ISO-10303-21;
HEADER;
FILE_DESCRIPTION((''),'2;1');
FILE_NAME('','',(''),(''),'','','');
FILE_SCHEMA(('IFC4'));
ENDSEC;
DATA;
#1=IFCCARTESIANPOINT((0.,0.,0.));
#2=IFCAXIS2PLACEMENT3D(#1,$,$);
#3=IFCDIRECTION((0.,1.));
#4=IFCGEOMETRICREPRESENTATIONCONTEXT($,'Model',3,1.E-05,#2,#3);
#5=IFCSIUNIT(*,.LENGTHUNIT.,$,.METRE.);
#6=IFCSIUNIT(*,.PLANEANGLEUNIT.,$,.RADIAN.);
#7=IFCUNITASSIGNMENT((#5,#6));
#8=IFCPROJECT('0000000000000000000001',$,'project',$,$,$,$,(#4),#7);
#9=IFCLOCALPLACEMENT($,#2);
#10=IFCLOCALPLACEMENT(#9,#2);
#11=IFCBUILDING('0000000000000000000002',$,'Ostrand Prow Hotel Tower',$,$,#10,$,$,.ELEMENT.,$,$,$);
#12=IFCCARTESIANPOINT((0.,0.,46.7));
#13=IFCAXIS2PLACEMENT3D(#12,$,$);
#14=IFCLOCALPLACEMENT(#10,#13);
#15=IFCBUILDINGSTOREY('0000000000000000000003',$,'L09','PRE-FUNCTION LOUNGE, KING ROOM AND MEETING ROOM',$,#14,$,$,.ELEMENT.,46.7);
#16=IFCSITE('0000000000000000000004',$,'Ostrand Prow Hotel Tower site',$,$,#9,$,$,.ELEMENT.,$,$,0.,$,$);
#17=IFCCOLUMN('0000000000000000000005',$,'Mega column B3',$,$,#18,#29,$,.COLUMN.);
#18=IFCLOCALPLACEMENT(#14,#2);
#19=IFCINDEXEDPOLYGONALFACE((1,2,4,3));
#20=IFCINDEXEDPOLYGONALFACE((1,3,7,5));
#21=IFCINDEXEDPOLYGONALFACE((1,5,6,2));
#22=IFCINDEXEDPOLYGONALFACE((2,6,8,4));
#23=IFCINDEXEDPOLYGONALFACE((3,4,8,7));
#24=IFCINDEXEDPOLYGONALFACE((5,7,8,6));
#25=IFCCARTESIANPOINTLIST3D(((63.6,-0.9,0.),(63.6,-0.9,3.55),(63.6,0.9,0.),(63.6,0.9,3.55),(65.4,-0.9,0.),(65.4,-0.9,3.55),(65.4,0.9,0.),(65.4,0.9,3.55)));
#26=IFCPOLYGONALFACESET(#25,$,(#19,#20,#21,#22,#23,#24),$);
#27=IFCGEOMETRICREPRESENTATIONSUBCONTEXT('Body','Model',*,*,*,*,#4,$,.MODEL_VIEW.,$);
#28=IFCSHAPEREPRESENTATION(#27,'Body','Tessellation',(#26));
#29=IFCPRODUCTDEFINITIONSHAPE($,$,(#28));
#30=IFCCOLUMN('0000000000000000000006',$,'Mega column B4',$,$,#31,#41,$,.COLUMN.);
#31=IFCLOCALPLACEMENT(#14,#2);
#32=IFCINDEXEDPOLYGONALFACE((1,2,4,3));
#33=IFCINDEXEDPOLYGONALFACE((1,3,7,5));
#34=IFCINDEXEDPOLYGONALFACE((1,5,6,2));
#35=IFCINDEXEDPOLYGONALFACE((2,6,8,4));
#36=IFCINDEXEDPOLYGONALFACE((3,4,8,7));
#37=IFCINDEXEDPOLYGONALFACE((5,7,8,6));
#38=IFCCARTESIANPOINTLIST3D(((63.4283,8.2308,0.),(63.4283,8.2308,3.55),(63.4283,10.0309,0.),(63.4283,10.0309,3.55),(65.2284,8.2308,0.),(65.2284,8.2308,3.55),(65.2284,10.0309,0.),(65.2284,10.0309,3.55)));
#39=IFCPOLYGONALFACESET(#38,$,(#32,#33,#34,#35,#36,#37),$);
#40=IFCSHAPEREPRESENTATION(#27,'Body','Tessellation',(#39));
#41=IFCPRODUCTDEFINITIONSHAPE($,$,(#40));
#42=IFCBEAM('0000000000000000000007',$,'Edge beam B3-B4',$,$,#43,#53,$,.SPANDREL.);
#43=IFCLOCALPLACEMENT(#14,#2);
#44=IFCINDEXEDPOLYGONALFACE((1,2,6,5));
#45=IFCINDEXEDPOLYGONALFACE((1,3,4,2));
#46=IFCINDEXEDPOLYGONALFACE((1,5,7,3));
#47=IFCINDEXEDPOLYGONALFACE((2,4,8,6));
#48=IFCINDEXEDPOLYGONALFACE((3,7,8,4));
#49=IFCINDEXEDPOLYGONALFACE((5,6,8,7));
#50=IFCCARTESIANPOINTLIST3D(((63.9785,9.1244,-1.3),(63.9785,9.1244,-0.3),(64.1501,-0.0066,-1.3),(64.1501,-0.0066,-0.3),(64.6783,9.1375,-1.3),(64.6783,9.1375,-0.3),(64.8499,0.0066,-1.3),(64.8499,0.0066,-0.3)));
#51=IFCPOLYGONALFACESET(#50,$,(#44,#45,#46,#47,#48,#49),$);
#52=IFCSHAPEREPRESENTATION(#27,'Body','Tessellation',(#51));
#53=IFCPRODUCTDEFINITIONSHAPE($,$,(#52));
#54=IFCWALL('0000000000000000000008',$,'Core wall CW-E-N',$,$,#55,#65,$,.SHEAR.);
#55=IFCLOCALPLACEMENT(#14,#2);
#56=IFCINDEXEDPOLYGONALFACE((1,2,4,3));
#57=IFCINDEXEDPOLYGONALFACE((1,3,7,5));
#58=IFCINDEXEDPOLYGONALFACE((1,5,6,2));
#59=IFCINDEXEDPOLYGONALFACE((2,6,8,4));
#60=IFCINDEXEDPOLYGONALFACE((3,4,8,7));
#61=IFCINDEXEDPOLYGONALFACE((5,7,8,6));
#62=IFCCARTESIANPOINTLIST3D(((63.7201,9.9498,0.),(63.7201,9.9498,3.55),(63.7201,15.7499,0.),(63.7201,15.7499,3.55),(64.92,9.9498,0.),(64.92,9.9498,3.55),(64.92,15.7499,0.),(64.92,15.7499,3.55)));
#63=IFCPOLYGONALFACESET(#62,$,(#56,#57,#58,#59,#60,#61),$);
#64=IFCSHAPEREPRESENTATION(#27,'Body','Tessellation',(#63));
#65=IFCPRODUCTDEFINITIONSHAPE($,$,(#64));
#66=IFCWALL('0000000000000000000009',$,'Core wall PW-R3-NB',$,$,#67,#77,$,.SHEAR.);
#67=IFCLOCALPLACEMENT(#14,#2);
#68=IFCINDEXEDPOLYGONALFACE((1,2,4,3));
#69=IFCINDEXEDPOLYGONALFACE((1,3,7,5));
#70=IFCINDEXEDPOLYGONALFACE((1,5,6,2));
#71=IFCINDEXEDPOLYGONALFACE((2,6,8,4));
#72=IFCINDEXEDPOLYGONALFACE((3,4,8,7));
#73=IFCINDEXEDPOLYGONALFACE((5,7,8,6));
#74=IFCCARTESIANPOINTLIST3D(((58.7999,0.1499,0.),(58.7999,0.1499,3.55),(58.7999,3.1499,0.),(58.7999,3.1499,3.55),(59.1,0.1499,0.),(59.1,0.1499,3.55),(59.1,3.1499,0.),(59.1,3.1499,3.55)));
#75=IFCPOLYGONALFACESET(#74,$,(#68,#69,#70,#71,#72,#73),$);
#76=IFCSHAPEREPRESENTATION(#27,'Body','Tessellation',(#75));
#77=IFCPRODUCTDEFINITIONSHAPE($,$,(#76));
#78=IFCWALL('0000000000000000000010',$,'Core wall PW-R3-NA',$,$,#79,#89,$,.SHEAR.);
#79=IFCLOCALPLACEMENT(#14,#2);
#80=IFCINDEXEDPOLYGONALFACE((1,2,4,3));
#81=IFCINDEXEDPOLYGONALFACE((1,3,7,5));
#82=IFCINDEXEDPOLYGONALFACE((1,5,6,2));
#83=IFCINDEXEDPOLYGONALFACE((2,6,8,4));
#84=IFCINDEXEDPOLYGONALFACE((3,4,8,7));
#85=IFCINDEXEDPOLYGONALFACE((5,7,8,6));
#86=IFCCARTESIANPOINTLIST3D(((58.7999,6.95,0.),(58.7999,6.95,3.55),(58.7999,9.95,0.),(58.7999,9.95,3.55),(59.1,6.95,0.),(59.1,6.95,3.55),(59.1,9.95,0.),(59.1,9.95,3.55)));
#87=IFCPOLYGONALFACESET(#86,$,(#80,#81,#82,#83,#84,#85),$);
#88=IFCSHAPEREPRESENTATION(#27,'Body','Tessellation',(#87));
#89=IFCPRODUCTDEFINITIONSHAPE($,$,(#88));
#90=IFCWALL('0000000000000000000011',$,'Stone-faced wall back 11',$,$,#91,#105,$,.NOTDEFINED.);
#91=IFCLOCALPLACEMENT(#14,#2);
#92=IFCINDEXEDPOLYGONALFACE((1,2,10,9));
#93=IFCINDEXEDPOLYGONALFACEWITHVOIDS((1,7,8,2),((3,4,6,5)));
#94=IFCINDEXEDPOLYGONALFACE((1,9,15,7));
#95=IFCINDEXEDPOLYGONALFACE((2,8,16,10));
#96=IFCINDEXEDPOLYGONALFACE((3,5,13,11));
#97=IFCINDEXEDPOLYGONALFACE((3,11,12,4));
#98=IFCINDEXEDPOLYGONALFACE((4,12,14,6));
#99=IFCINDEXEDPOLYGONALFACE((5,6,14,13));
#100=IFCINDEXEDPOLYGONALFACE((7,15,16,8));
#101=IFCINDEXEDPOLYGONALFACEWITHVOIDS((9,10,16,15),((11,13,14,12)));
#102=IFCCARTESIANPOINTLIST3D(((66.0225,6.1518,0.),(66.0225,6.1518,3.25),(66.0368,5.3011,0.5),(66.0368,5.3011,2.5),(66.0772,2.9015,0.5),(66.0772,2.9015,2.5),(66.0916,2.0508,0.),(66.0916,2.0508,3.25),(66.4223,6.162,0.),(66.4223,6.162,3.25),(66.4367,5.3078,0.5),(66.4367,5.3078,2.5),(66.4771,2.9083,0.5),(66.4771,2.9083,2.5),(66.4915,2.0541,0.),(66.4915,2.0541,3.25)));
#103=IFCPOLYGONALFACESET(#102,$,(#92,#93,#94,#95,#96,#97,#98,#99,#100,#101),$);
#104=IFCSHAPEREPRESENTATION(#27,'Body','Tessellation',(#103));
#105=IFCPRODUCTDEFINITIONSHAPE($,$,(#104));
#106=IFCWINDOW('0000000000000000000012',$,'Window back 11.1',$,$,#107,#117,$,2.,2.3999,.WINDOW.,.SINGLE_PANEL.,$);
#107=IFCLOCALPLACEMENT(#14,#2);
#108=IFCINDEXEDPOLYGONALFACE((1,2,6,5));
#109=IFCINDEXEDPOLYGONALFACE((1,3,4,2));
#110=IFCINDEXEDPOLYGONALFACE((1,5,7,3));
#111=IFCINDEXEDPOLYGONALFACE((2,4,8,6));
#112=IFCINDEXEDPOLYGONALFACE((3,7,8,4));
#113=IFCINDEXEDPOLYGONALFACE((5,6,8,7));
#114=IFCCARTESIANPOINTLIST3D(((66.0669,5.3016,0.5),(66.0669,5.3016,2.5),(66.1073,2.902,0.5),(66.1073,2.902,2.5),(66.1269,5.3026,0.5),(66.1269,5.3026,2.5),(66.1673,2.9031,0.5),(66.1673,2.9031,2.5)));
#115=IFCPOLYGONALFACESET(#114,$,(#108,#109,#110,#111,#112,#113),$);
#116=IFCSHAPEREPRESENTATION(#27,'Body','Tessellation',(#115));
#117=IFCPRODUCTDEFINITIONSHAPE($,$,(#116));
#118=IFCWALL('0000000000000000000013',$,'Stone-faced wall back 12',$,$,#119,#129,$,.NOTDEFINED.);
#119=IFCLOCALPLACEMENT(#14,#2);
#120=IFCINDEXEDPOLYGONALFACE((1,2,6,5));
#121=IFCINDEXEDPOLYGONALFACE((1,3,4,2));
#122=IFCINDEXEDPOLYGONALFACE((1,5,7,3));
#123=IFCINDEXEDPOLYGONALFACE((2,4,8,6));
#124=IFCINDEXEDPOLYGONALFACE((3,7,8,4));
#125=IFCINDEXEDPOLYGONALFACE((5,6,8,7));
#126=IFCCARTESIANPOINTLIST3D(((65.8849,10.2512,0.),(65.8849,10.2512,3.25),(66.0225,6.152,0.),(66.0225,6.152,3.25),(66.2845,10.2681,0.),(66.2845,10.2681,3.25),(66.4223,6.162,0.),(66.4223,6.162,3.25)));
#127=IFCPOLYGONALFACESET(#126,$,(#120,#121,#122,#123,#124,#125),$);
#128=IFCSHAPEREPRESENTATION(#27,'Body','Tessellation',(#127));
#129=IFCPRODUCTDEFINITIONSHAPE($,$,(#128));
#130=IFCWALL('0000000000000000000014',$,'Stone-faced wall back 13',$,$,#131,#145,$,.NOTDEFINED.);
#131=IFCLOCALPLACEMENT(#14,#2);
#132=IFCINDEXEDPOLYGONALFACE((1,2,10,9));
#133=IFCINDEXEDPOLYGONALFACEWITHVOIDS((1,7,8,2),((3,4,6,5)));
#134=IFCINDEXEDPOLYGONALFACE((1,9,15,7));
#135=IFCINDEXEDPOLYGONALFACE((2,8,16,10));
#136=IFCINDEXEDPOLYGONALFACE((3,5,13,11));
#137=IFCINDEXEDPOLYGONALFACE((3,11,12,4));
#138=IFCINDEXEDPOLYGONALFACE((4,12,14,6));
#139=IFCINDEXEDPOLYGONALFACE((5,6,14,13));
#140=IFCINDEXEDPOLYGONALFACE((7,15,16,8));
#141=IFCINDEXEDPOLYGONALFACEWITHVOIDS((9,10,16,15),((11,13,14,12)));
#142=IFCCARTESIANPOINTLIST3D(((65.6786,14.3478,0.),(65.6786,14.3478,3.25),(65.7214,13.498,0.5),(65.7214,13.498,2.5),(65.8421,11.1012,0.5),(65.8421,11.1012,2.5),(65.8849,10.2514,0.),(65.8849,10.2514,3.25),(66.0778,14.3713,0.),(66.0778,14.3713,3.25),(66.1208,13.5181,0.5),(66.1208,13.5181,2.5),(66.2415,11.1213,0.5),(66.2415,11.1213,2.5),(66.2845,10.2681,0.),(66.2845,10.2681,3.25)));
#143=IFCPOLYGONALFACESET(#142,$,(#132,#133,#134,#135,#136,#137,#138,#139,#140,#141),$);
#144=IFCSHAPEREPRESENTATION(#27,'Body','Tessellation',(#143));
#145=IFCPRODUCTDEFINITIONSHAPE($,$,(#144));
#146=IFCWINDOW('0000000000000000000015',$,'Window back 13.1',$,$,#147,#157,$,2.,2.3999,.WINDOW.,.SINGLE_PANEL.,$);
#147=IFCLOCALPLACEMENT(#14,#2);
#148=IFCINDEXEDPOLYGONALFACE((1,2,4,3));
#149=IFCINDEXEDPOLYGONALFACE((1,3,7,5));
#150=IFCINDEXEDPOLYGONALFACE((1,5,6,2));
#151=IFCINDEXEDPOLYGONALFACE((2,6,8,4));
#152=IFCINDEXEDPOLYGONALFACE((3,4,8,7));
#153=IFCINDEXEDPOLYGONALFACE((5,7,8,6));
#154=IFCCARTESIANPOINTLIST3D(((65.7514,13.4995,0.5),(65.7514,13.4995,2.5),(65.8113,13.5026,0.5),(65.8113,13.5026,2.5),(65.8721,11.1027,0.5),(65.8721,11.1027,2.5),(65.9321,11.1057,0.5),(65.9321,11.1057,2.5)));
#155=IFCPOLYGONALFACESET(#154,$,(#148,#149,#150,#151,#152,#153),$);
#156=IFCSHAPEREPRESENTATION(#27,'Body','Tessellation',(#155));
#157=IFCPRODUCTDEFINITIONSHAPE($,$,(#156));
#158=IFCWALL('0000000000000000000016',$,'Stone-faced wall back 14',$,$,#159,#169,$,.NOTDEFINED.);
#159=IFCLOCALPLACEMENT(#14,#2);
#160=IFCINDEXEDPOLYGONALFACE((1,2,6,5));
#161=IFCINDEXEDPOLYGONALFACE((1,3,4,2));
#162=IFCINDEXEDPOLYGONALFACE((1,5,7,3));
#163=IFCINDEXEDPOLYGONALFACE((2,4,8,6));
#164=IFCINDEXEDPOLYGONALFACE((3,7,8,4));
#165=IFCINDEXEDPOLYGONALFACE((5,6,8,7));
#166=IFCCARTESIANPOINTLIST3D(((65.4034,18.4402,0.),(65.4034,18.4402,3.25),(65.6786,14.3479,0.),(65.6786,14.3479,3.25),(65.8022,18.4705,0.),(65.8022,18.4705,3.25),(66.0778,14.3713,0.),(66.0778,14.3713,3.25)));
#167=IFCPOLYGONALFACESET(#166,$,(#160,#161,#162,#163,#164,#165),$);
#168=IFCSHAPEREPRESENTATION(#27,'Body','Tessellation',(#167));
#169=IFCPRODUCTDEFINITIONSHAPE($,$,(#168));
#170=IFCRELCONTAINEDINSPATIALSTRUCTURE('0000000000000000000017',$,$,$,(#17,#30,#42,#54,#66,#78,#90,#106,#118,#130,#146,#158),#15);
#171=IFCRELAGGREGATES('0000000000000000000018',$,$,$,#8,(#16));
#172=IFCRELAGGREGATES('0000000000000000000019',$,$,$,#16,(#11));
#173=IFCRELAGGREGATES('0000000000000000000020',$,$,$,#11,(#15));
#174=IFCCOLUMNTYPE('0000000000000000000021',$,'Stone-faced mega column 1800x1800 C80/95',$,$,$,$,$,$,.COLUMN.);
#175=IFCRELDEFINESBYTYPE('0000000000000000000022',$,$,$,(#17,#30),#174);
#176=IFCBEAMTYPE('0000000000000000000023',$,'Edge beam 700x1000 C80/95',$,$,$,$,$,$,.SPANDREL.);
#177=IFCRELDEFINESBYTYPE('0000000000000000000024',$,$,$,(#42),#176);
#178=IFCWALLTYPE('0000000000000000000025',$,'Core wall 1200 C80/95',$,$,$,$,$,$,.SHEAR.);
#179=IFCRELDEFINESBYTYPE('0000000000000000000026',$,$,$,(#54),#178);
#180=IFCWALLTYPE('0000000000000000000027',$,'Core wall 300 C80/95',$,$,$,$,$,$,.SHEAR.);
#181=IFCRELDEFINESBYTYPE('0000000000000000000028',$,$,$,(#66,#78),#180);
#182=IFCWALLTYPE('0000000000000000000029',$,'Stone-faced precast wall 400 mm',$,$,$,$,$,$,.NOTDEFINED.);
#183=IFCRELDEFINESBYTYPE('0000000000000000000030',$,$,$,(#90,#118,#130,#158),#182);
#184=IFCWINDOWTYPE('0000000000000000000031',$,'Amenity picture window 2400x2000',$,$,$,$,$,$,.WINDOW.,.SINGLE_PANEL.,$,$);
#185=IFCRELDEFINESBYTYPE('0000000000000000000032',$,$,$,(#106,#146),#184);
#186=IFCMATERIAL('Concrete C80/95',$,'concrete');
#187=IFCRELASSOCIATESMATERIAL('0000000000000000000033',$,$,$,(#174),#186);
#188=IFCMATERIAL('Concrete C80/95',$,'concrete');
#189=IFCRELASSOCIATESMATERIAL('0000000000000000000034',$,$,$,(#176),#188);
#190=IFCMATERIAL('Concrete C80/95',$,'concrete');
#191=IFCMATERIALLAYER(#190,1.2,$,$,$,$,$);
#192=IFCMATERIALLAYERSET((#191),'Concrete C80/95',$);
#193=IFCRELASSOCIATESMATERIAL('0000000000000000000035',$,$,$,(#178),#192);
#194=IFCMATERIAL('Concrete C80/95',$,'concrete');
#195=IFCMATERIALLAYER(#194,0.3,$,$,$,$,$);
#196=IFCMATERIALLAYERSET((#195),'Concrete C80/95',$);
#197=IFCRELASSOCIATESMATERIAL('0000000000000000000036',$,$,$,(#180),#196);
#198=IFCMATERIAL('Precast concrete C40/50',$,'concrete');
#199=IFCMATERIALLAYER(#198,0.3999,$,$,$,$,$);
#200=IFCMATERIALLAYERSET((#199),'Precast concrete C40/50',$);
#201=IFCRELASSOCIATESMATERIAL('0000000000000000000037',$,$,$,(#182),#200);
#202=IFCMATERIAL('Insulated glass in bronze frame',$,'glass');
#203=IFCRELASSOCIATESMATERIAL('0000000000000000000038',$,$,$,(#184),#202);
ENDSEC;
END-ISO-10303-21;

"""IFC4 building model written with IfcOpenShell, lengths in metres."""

from ifc_helpers import new_model, si_unit, direction, frame, frame_2d, origin, origin_2d, place, context, subcontext, project, spatial, polyline, rectangle, outline, extrude, material, layer, layer_set, material_profile, profile_set, type_object, element, fill, save


model = new_model("IFC4")

# Units and contexts
model_context = context("Model", 3, precision=1e-05, world=origin(), true_north=direction((0.0, 1.0)))
body_context = subcontext(model_context, "Body", "Model", "MODEL_VIEW")
ifc_project = project(units=[si_unit("LENGTHUNIT", "METRE"), si_unit("PLANEANGLEUNIT", "RADIAN")], contexts=[model_context])

# Site, building, storey
site_placement = place(None, origin())
site = spatial("IfcSite", under=ifc_project, at=site_placement, Name="Ostrand Prow Hotel Tower site", CompositionType="ELEMENT", RefElevation=0.0)
building_placement = place(site_placement, origin())
building = spatial("IfcBuilding", under=site, at=building_placement, Name="Ostrand Prow Hotel Tower", CompositionType="ELEMENT")
storey_placement = place(building_placement, frame((0.0, 0.0, 46.7)))
storey = spatial("IfcBuildingStorey", under=building, at=storey_placement, Name="L09", Description="PRE-FUNCTION LOUNGE, KING ROOM AND MEETING ROOM", CompositionType="ELEMENT", Elevation=46.7)

# Columns
ifc_material_1 = material(Name="Concrete C80/95", Category="concrete")
ifc_material_profile_1 = material_profile(ifc_material_1, rectangle(XDim=1.8, YDim=1.8, at=origin_2d()), Name="RC 1800x1800")
ifc_profile_set_1 = profile_set([ifc_material_profile_1], Name="Concrete C80/95")
column_type = type_object("IfcColumnType", Name="Stone-faced mega column 1800x1800 C80/95", PredefinedType="COLUMN", material=ifc_profile_set_1)
for number, where, z_axis, x_axis, name in (
    (1, (64.5, 0.0, 0.0), (0.0, 0.0, 1.0), (1.0, 0.0, 0.0), "Mega column B3"),
    (2, (64.3284, 9.1309, 0.0), (0.0, 0.0, 1.0), (1.0, 0.0, 0.0), "Mega column B4"),
):
    element("IfcColumn", number, at=place(storey_placement, frame(where, z_axis=z_axis, x_axis=x_axis)), inside=storey, type_object=column_type, Name=name, PredefinedType="COLUMN", context=body_context, shape_type="SweptSolid", body=[
        extrude(rectangle(XDim=1.8, YDim=1.8, at=origin_2d()), origin(), (0.0, 0.0, 1.0), 3.55),
    ])

# Beam
ifc_material_2 = material(Name="Concrete C80/95", Category="concrete")
ifc_material_profile_2 = material_profile(ifc_material_2, rectangle(XDim=0.7, YDim=1.0, at=origin_2d()), Name="RC 700x1000")
ifc_profile_set_2 = profile_set([ifc_material_profile_2], Name="Concrete C80/95")
beam_type = type_object("IfcBeamType", Name="Edge beam 700x1000 C80/95", PredefinedType="SPANDREL", material=ifc_profile_set_2)
beam_placement = place(storey_placement, frame((64.5, 0.0, -0.8), z_axis=(-0.018793, 0.999823, 0.0), x_axis=(-0.999823, -0.018793, 0.0)))
element("IfcBeam", 3, at=beam_placement, inside=storey, type_object=beam_type, Name="Edge beam B3-B4", PredefinedType="SPANDREL", context=body_context, shape_type="SweptSolid", body=[
    extrude(rectangle(XDim=0.7, YDim=1.0, at=origin_2d()), origin(), (0.0, 0.0, 1.0), 9.1326),
])

# Walls
ifc_material_3 = material(Name="Concrete C80/95", Category="concrete")
ifc_layer_1 = layer(ifc_material_3, 1.2)
ifc_layer_set_1 = layer_set([ifc_layer_1], Name="Concrete C80/95")
wall_type_1 = type_object("IfcWallType", Name="Core wall 1200 C80/95", PredefinedType="SHEAR", material=ifc_layer_set_1)
wall_1_placement = place(storey_placement, frame((64.3201, 9.95, 0.0), z_axis=(0.0, 0.0, 1.0), x_axis=(0.0, 1.0, 0.0)))
element("IfcWall", 4, at=wall_1_placement, inside=storey, type_object=wall_type_1, Name="Core wall CW-E-N", PredefinedType="SHEAR", context=body_context, shape_type="SweptSolid", body=[
    extrude(rectangle(XDim=5.8, YDim=1.2, at=frame_2d((2.8999, 0.0))), origin(), (0.0, 0.0, 1.0), 3.55),
])
ifc_material_4 = material(Name="Concrete C80/95", Category="concrete")
ifc_layer_2 = layer(ifc_material_4, 0.3)
ifc_layer_set_2 = layer_set([ifc_layer_2], Name="Concrete C80/95")
wall_type_2 = type_object("IfcWallType", Name="Core wall 300 C80/95", PredefinedType="SHEAR", material=ifc_layer_set_2)
for number, where, z_axis, x_axis, name in (
    (5, (58.95, 0.1499, 0.0), (0.0, 0.0, 1.0), (0.0, 1.0, 0.0), "Core wall PW-R3-NB"),
    (6, (58.95, 6.95, 0.0), (0.0, 0.0, 1.0), (0.0, 1.0, 0.0), "Core wall PW-R3-NA"),
):
    element("IfcWall", number, at=place(storey_placement, frame(where, z_axis=z_axis, x_axis=x_axis)), inside=storey, type_object=wall_type_2, Name=name, PredefinedType="SHEAR", context=body_context, shape_type="SweptSolid", body=[
        extrude(rectangle(XDim=3.0, YDim=0.3, at=frame_2d((1.5, 0.0))), origin(), (0.0, 0.0, 1.0), 3.55),
    ])

# Wall, opening, window
ifc_material_5 = material(Name="Precast concrete C40/50", Category="concrete")
ifc_layer_3 = layer(ifc_material_5, 0.3999)
ifc_layer_set_3 = layer_set([ifc_layer_3], Name="Precast concrete C40/50")
wall_type_3 = type_object("IfcWallType", Name="Stone-faced precast wall 400 mm", PredefinedType="NOTDEFINED", material=ifc_layer_set_3)
wall_2_placement = place(storey_placement, frame((66.2915, 2.0525, 0.0), z_axis=(0.0, 0.0, 1.0), x_axis=(-0.016831, 0.999858, 0.0)))
wall_2 = element("IfcWall", 7, at=wall_2_placement, inside=storey, type_object=wall_type_3, Name="Stone-faced wall back 11", PredefinedType="NOTDEFINED", context=body_context, shape_type="SweptSolid", body=[
    extrude(outline(polyline([(-0.0017, -0.2), (4.1067, -0.2), (4.1033, 0.2), (0.0017, 0.2), (-0.0017, -0.2)])), origin(), (0.0, 0.0, 1.0), 3.25),
])
opening_1_placement = place(wall_2_placement, frame((0.8525, 0.0, 0.5)))
opening_1 = element("IfcOpeningElement", 8, at=opening_1_placement, cuts=wall_2, PredefinedType="OPENING", context=body_context, shape_type="SweptSolid", body=[
    extrude(rectangle(XDim=2.3999, YDim=2.0, at=frame_2d((1.2, 1.0))), frame((0.0, 0.21, 0.0), z_axis=(0.0, -1.0, 0.0), x_axis=(1.0, 0.0, 0.0)), (0.0, 0.0, 1.0), 0.4199),
])
ifc_material_6 = material(Name="Insulated glass in bronze frame", Category="glass")
window_type = type_object("IfcWindowType", Name="Amenity picture window 2400x2000", PartitioningType="SINGLE_PANEL", PredefinedType="WINDOW", material=ifc_material_6)
window_1_placement = place(opening_1_placement, origin())
window_1 = element("IfcWindow", 9, at=window_1_placement, inside=storey, type_object=window_type, Name="Window back 11.1", OverallHeight=2.0, OverallWidth=2.3999, PartitioningType="SINGLE_PANEL", PredefinedType="WINDOW", context=body_context, shape_type="SweptSolid", body=[
    extrude(rectangle(XDim=2.3999, YDim=2.0, at=frame_2d((1.2, 1.0))), frame((0.0, 0.1699, 0.0), z_axis=(0.0, -1.0, 0.0), x_axis=(1.0, 0.0, 0.0)), (0.0, 0.0, 1.0), 0.0601),
])
fill(opening_1, window_1)

# Wall
wall_3_placement = place(storey_placement, frame((66.2224, 6.157, 0.0), z_axis=(0.0, 0.0, 1.0), x_axis=(-0.033543, 0.999437, 0.0)))
element("IfcWall", 10, at=wall_3_placement, inside=storey, type_object=wall_type_3, Name="Stone-faced wall back 12", PredefinedType="NOTDEFINED", context=body_context, shape_type="SweptSolid", body=[
    extrude(outline(polyline([(-0.0017, -0.2), (4.1067, -0.2), (4.1033, 0.2), (0.0017, 0.2), (-0.0017, -0.2)])), origin(), (0.0, 0.0, 1.0), 3.25),
])

# Wall, opening, window
wall_4_placement = place(storey_placement, frame((66.0847, 10.2598, 0.0), z_axis=(0.0, 0.0, 1.0), x_axis=(-0.050314, 0.998733, 0.0)))
wall_4 = element("IfcWall", 11, at=wall_4_placement, inside=storey, type_object=wall_type_3, Name="Stone-faced wall back 13", PredefinedType="NOTDEFINED", context=body_context, shape_type="SweptSolid", body=[
    extrude(outline(polyline([(-0.0017, -0.2), (4.1067, -0.2), (4.1033, 0.2), (0.0017, 0.2), (-0.0017, -0.2)])), origin(), (0.0, 0.0, 1.0), 3.25),
])
opening_2_placement = place(wall_4_placement, frame((0.8525, 0.0, 0.5)))
opening_2 = element("IfcOpeningElement", 12, at=opening_2_placement, cuts=wall_4, PredefinedType="OPENING", context=body_context, shape_type="SweptSolid", body=[
    extrude(rectangle(XDim=2.3999, YDim=2.0, at=frame_2d((1.2, 1.0))), frame((0.0, 0.21, 0.0), z_axis=(0.0, -1.0, 0.0), x_axis=(1.0, 0.0, 0.0)), (0.0, 0.0, 1.0), 0.4199),
])
window_2_placement = place(opening_2_placement, origin())
window_2 = element("IfcWindow", 13, at=window_2_placement, inside=storey, type_object=window_type, Name="Window back 13.1", OverallHeight=2.0, OverallWidth=2.3999, PartitioningType="SINGLE_PANEL", PredefinedType="WINDOW", context=body_context, shape_type="SweptSolid", body=[
    extrude(rectangle(XDim=2.3999, YDim=2.0, at=frame_2d((1.2, 1.0))), frame((0.0, 0.1699, 0.0), z_axis=(0.0, -1.0, 0.0), x_axis=(1.0, 0.0, 0.0)), (0.0, 0.0, 1.0), 0.0601),
])
fill(opening_2, window_2)

# Wall
wall_5_placement = place(storey_placement, frame((65.8782, 14.3596, 0.0), z_axis=(0.0, 0.0, 1.0), x_axis=(-0.067087, 0.997747, 0.0)))
element("IfcWall", 14, at=wall_5_placement, inside=storey, type_object=wall_type_3, Name="Stone-faced wall back 14", PredefinedType="NOTDEFINED", context=body_context, shape_type="SweptSolid", body=[
    extrude(outline(polyline([(-0.0017, -0.2), (4.1067, -0.2), (4.1033, 0.2), (0.0017, 0.2), (-0.0017, -0.2)])), origin(), (0.0, 0.0, 1.0), 3.25),
])

save(model, "model.ifc")
